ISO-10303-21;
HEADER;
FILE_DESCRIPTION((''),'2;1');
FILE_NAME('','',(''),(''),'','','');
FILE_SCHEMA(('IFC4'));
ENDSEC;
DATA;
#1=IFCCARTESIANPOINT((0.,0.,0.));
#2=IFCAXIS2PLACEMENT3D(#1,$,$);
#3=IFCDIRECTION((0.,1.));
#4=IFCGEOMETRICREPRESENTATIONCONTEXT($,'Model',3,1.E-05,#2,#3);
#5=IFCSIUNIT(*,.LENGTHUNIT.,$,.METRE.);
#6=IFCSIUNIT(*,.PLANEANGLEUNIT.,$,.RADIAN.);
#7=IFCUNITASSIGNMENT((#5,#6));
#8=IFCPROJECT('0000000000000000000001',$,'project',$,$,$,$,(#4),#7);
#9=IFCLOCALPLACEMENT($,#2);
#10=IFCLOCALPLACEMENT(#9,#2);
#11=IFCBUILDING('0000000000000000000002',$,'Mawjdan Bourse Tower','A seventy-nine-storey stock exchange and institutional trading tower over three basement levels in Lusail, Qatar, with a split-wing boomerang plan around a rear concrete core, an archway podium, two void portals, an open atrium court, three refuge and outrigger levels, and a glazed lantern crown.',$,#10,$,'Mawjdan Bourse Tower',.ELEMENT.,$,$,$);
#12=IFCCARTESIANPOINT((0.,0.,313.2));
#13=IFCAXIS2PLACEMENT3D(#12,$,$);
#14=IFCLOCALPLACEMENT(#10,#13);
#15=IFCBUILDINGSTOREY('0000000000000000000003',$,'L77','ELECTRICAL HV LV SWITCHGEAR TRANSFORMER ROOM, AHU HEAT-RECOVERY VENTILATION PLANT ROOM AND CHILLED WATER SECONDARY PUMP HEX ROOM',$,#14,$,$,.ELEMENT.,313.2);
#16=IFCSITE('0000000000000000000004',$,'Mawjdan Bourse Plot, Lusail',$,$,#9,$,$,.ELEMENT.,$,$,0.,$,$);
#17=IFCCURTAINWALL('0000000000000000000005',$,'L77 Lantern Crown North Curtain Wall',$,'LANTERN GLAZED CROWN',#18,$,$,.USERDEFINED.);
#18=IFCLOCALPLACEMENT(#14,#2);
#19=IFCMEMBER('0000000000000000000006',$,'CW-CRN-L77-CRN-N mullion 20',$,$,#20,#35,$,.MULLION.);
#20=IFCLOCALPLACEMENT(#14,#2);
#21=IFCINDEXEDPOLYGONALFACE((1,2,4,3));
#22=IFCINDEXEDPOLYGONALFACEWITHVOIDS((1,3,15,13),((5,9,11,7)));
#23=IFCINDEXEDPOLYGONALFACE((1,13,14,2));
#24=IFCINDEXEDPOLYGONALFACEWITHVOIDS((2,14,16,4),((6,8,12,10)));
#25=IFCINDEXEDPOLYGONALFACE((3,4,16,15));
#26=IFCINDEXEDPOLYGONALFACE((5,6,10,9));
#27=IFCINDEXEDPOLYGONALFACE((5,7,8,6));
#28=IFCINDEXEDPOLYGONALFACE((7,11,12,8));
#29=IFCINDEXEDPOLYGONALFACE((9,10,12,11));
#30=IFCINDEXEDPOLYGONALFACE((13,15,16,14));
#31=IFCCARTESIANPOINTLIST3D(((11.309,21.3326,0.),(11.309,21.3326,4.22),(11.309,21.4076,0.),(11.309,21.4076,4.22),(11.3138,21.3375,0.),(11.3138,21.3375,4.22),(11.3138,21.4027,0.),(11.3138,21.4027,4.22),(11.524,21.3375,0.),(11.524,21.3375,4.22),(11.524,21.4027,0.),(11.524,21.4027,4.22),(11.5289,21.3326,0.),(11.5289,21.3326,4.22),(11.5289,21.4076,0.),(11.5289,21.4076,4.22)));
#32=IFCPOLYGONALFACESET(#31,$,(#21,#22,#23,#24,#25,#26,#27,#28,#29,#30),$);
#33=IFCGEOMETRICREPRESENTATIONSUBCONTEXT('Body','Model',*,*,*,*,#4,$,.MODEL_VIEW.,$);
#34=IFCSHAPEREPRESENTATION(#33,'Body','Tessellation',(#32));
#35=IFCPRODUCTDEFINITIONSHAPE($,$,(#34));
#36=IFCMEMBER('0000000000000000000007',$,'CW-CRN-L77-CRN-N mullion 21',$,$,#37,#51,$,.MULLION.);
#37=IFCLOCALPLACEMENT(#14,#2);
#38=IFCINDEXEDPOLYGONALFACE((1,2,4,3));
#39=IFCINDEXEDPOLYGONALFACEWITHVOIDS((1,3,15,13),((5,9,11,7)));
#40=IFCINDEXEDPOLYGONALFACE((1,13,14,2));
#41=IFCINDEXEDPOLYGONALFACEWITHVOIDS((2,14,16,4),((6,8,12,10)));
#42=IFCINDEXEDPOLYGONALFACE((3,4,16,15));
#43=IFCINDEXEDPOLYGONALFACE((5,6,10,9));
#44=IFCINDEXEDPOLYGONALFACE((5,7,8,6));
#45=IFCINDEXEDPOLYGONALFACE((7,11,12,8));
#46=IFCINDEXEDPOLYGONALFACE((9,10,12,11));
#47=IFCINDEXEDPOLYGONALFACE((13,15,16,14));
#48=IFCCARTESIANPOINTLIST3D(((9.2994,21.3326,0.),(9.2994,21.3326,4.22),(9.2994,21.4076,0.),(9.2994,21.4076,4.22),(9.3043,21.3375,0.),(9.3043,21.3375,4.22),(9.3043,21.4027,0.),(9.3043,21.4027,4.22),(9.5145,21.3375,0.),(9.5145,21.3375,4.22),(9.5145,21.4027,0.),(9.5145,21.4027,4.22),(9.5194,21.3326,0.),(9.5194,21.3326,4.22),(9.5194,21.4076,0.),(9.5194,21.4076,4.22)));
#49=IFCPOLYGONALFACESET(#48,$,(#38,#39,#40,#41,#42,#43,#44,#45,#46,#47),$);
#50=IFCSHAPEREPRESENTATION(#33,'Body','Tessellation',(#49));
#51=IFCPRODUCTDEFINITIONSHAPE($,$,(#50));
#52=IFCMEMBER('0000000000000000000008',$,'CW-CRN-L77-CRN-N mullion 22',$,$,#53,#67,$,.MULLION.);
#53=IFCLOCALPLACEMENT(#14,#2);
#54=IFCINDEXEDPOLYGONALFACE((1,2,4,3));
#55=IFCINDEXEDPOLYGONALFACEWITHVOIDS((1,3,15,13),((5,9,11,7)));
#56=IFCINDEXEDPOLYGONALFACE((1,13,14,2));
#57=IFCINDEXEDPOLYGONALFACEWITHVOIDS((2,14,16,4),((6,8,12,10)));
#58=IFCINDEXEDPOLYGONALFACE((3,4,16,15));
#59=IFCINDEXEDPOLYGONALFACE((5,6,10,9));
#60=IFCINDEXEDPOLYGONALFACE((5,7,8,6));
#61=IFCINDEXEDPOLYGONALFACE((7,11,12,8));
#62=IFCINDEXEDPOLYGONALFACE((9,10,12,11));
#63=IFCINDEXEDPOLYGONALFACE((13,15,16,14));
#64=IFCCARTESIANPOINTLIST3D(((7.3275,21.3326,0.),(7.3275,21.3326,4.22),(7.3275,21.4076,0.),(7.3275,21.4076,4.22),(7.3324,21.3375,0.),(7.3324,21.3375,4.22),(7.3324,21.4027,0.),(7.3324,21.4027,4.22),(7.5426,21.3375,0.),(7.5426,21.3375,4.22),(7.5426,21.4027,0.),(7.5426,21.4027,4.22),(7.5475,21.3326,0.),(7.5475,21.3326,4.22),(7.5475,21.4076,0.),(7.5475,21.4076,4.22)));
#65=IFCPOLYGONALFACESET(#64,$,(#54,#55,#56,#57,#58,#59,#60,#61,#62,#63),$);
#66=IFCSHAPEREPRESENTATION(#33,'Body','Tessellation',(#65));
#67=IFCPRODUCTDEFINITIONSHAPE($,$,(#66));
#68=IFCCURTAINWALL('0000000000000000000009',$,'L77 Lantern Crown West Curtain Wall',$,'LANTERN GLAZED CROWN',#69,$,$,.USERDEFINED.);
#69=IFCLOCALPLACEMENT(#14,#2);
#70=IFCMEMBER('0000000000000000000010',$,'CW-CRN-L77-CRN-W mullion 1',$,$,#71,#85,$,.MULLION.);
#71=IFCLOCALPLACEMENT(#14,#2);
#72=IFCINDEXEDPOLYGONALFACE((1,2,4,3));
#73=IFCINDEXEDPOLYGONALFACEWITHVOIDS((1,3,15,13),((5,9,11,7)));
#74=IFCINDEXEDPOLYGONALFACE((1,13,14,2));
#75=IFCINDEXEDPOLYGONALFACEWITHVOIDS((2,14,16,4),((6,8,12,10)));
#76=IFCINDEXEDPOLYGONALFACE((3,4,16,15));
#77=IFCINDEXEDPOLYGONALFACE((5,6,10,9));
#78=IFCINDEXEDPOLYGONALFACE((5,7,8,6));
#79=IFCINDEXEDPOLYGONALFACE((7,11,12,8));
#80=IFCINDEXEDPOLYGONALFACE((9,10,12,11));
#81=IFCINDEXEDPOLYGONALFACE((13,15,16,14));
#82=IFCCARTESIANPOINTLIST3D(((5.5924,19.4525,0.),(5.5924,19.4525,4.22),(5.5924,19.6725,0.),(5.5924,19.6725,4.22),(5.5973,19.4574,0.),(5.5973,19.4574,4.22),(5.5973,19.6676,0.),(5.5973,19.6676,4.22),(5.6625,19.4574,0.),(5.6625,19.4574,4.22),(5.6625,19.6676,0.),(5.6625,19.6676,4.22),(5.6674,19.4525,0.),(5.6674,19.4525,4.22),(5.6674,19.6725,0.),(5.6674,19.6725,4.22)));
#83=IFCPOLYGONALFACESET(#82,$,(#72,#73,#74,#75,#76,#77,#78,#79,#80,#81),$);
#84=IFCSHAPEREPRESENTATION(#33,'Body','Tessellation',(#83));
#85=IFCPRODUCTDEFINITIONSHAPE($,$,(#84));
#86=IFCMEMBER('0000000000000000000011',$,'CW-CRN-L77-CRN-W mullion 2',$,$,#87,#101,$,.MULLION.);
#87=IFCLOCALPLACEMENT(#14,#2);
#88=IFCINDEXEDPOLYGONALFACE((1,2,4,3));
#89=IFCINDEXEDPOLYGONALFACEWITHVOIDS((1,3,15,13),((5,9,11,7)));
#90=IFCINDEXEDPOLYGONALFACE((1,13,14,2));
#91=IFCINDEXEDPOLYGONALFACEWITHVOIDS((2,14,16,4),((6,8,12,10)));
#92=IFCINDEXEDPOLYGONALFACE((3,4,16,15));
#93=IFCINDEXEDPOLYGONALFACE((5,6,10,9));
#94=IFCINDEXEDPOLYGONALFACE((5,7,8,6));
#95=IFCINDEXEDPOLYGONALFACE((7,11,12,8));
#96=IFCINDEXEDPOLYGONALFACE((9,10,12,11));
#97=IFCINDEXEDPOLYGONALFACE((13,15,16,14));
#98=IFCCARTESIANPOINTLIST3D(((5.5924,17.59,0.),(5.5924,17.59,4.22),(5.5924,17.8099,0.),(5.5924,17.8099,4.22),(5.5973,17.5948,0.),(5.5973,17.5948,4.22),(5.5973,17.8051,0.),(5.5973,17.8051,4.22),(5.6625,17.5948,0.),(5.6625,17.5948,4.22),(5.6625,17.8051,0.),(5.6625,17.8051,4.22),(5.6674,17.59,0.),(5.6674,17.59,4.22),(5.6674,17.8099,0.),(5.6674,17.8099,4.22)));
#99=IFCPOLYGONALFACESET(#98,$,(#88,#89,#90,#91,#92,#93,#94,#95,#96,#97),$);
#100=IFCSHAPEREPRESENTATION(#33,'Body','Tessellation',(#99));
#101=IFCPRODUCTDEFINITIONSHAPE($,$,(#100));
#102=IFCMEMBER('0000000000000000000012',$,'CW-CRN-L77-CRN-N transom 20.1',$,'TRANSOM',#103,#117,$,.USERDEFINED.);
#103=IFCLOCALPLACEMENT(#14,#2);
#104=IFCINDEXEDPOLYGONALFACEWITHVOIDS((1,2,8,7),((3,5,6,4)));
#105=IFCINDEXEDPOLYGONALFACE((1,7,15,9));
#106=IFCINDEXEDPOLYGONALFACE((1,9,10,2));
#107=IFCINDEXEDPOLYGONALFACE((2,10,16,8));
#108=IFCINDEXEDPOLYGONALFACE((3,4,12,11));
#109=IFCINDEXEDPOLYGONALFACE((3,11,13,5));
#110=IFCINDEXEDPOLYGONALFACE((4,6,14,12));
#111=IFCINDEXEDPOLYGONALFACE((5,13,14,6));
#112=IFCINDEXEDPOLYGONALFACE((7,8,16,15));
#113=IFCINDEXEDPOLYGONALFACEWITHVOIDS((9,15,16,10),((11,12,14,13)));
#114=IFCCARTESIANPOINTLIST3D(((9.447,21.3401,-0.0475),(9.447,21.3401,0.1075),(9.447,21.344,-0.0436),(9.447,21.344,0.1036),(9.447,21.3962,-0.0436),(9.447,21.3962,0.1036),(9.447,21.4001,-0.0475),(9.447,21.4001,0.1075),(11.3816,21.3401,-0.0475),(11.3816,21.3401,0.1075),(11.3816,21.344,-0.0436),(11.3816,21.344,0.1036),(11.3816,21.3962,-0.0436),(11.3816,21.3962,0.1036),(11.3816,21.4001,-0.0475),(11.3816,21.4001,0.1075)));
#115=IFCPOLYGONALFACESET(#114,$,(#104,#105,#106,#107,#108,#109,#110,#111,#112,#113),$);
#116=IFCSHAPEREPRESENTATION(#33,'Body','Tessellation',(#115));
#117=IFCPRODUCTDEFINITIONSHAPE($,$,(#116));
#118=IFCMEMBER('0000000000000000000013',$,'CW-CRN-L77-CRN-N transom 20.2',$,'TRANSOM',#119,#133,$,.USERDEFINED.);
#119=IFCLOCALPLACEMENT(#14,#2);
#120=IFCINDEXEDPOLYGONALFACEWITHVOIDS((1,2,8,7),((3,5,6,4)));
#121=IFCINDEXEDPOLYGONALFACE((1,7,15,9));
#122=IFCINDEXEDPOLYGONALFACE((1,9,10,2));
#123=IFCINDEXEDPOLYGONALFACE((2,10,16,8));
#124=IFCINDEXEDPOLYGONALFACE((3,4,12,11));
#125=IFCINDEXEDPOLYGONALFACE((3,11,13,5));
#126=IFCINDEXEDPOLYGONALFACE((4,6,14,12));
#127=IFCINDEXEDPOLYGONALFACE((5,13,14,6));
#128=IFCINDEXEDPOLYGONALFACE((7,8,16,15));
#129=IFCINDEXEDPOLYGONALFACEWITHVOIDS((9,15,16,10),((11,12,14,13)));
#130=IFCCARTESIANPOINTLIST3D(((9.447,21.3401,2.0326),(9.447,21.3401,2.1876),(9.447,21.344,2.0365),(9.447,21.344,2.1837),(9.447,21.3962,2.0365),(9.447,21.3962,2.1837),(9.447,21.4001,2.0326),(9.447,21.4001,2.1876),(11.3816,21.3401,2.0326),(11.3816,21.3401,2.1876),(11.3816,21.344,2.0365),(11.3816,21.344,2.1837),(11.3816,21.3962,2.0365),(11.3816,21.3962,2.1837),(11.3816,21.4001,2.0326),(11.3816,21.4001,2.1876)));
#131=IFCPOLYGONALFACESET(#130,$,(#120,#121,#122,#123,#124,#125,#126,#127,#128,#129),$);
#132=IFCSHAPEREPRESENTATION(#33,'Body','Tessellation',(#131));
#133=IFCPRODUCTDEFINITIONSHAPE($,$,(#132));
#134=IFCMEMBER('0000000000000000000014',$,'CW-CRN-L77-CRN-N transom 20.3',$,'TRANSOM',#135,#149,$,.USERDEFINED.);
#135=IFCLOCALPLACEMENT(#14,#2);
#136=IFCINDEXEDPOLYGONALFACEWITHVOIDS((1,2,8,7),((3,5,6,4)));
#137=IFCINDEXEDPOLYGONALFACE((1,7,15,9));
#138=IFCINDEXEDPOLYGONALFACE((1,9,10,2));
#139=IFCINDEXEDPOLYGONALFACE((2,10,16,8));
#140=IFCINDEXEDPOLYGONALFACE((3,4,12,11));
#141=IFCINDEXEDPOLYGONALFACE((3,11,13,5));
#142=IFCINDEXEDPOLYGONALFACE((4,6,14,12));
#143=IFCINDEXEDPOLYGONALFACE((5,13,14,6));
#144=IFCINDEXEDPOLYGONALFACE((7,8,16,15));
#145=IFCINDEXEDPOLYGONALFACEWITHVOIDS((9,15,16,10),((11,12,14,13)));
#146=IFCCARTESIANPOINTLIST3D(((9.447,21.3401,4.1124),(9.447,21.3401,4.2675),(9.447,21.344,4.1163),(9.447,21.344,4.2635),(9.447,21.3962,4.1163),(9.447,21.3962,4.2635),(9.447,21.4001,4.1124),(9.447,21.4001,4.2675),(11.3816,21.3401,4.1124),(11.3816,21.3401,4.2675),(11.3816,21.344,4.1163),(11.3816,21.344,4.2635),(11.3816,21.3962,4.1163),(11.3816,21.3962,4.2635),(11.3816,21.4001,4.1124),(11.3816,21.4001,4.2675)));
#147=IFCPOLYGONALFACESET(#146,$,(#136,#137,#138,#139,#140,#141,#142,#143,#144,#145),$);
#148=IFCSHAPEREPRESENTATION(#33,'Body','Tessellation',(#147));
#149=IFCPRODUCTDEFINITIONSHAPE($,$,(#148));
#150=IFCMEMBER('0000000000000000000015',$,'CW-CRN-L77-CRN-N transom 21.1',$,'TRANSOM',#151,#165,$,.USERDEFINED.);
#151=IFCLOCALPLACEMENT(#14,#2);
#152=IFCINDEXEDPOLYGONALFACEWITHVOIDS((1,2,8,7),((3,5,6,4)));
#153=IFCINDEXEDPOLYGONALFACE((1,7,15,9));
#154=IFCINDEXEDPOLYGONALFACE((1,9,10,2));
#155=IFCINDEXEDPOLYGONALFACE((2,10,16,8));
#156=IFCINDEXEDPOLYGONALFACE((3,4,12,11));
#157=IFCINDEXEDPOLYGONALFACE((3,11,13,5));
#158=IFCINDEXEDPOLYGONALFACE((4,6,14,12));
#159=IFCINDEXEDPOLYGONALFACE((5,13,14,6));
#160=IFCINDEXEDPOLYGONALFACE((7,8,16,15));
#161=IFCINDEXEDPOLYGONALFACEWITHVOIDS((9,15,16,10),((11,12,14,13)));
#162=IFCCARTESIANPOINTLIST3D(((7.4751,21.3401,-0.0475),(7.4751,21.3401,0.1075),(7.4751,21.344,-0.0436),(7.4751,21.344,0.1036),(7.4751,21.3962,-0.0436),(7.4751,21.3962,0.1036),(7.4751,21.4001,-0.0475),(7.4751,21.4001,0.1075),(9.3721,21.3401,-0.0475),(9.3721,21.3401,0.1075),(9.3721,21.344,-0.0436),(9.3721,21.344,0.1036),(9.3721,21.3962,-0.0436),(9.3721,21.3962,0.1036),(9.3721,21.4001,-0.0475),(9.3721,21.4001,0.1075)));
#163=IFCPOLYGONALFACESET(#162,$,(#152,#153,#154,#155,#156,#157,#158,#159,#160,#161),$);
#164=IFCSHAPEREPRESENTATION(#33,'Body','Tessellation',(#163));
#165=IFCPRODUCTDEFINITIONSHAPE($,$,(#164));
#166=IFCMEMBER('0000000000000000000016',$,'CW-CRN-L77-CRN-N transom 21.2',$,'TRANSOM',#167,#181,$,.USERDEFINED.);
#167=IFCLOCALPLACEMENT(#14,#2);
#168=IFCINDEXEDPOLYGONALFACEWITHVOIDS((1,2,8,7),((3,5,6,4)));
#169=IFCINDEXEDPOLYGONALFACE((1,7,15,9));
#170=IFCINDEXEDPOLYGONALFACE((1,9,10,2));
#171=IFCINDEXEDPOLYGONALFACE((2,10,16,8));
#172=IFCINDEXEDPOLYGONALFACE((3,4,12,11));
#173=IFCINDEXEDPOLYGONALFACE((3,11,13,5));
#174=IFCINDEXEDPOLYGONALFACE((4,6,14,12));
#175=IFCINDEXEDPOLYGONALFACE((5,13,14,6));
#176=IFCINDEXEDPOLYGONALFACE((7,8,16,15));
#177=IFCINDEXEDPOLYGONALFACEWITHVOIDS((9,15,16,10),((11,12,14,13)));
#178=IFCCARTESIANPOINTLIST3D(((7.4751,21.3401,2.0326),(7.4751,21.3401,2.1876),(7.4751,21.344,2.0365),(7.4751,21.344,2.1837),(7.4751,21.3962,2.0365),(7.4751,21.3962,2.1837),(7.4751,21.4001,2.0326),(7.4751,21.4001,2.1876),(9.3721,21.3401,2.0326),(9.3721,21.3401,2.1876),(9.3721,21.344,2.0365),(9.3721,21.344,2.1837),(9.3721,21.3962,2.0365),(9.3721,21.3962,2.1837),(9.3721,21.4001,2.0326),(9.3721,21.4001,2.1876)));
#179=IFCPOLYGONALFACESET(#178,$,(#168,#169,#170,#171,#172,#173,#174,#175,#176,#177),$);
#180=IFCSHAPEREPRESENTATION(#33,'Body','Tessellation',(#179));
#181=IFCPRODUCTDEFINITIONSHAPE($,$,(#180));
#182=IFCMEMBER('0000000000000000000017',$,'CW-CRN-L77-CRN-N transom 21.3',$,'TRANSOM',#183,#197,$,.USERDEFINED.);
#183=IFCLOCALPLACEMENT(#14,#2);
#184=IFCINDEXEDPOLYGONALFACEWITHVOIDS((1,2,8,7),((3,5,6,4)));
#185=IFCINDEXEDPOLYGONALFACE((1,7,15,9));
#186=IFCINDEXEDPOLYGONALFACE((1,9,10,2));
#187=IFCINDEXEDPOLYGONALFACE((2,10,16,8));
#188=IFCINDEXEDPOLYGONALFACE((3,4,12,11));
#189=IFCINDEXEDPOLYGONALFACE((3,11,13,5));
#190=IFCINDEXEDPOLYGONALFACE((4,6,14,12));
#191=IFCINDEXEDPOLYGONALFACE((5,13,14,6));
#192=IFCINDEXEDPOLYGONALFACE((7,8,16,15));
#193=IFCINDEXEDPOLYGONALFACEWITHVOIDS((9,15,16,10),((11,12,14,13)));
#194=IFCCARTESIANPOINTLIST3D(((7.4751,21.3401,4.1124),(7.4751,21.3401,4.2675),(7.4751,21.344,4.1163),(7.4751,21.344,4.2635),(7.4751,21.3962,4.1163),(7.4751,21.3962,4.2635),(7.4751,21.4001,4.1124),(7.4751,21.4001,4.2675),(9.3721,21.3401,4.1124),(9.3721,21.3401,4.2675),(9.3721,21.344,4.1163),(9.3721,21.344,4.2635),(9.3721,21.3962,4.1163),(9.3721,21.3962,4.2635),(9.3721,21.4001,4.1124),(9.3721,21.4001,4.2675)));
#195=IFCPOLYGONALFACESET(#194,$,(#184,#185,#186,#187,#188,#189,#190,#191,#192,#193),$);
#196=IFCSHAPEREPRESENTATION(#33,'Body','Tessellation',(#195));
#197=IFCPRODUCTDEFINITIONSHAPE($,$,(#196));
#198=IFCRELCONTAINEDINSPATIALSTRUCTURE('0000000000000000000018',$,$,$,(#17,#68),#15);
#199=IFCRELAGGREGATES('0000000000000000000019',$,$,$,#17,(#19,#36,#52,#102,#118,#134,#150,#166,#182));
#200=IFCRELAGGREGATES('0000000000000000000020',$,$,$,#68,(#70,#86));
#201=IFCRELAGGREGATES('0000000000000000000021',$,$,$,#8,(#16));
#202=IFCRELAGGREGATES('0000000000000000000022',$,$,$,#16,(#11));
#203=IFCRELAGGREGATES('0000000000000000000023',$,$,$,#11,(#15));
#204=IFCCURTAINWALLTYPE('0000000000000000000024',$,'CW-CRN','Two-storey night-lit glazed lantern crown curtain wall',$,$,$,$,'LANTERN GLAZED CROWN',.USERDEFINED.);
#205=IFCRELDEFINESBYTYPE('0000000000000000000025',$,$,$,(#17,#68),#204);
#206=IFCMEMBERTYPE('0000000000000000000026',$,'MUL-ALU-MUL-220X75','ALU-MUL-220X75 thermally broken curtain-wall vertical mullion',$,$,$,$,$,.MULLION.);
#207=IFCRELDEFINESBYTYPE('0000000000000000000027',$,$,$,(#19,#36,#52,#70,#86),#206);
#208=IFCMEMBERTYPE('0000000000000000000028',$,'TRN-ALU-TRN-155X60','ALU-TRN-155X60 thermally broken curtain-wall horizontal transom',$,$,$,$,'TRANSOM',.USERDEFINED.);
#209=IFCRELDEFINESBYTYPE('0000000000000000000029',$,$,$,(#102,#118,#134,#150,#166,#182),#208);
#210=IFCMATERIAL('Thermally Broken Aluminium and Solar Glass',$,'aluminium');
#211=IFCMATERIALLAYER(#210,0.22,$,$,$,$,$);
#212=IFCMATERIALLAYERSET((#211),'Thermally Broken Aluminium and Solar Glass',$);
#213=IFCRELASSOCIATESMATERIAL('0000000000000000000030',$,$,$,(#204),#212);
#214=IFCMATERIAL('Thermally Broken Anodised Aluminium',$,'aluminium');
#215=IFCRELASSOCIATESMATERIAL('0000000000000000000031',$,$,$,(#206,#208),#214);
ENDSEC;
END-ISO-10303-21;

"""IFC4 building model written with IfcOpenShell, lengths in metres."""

from ifc_helpers import new_model, si_unit, direction, frame, origin, origin_2d, place, context, subcontext, project, spatial, hollow_rectangle, extrude, material, layer, layer_set, material_profile, profile_set, type_object, element, aggregate, save


model = new_model("IFC4")

# Units and contexts
model_context = context("Model", 3, precision=1e-05, world=origin(), true_north=direction((0.0, 1.0)))
body_context = subcontext(model_context, "Body", "Model", "MODEL_VIEW")
ifc_project = project(units=[si_unit("LENGTHUNIT", "METRE"), si_unit("PLANEANGLEUNIT", "RADIAN")], contexts=[model_context])

# Site, building, storey
site_placement = place(None, origin())
site = spatial("IfcSite", under=ifc_project, at=site_placement, Name="Mawjdan Bourse Plot, Lusail", CompositionType="ELEMENT", RefElevation=0.0)
building_placement = place(site_placement, origin())
building = spatial("IfcBuilding", under=site, at=building_placement, Name="Mawjdan Bourse Tower", Description="A seventy-nine-storey stock exchange and institutional trading tower over three basement levels in Lusail, Qatar, with a split-wing boomerang plan around a rear concrete core, an archway podium, two void portals, an open atrium court, three refuge and outrigger levels, and a glazed lantern crown.", LongName="Mawjdan Bourse Tower", CompositionType="ELEMENT")
storey_placement = place(building_placement, frame((0.0, 0.0, 313.2)))
storey = spatial("IfcBuildingStorey", under=building, at=storey_placement, Name="L77", Description="ELECTRICAL HV LV SWITCHGEAR TRANSFORMER ROOM, AHU HEAT-RECOVERY VENTILATION PLANT ROOM AND CHILLED WATER SECONDARY PUMP HEX ROOM", CompositionType="ELEMENT", Elevation=313.2)

# Curtain walls, members
ifc_material_1 = material(Name="Thermally Broken Aluminium and Solar Glass", Category="aluminium")
ifc_layer_1 = layer(ifc_material_1, 0.22)
ifc_layer_set_1 = layer_set([ifc_layer_1], Name="Thermally Broken Aluminium and Solar Glass")
curtain_wall_type = type_object("IfcCurtainWallType", Name="CW-CRN", Description="Two-storey night-lit glazed lantern crown curtain wall", ElementType="LANTERN GLAZED CROWN", PredefinedType="USERDEFINED", material=ifc_layer_set_1)
curtain_wall_1_placement = place(storey_placement, origin())
curtain_wall_1 = element("IfcCurtainWall", 1, at=curtain_wall_1_placement, inside=storey, type_object=curtain_wall_type, Name="L77 Lantern Crown North Curtain Wall", ObjectType="LANTERN GLAZED CROWN", PredefinedType="USERDEFINED")
ifc_material_2 = material(Name="Thermally Broken Anodised Aluminium", Category="aluminium")
ifc_material_profile_1 = material_profile(ifc_material_2, hollow_rectangle(XDim=0.075, YDim=0.22, WallThickness=0.0049, at=origin_2d()), Name="ALU-MUL-220X75")
ifc_profile_set_1 = profile_set([ifc_material_profile_1], Name="Thermally Broken Anodised Aluminium")
member_type_1 = type_object("IfcMemberType", Name="MUL-ALU-MUL-220X75", Description="ALU-MUL-220X75 thermally broken curtain-wall vertical mullion", PredefinedType="MULLION", material=ifc_profile_set_1)
member_1_placement = place(storey_placement, frame((11.4189, 21.3701, 0.0), z_axis=(0.0, 0.0, 1.0), x_axis=(0.0, -1.0, 0.0)))
member_1 = element("IfcMember", 2, at=member_1_placement, type_object=member_type_1, Name="CW-CRN-L77-CRN-N mullion 20", PredefinedType="MULLION", context=body_context, shape_type="SweptSolid", body=[
    extrude(hollow_rectangle(XDim=0.075, YDim=0.22, WallThickness=0.0049, at=origin_2d()), origin(), (0.0, 0.0, 1.0), 4.22),
])
member_2_placement = place(storey_placement, frame((9.4094, 21.3701, 0.0), z_axis=(0.0, 0.0, 1.0), x_axis=(0.0, -1.0, 0.0)))
member_2 = element("IfcMember", 3, at=member_2_placement, type_object=member_type_1, Name="CW-CRN-L77-CRN-N mullion 21", PredefinedType="MULLION", context=body_context, shape_type="SweptSolid", body=[
    extrude(hollow_rectangle(XDim=0.075, YDim=0.22, WallThickness=0.0049, at=origin_2d()), origin(), (0.0, 0.0, 1.0), 4.22),
])
member_3_placement = place(storey_placement, frame((7.4375, 21.3701, 0.0), z_axis=(0.0, 0.0, 1.0), x_axis=(0.0, -1.0, 0.0)))
member_3 = element("IfcMember", 4, at=member_3_placement, type_object=member_type_1, Name="CW-CRN-L77-CRN-N mullion 22", PredefinedType="MULLION", context=body_context, shape_type="SweptSolid", body=[
    extrude(hollow_rectangle(XDim=0.075, YDim=0.22, WallThickness=0.0049, at=origin_2d()), origin(), (0.0, 0.0, 1.0), 4.22),
])
curtain_wall_2_placement = place(storey_placement, origin())
curtain_wall_2 = element("IfcCurtainWall", 5, at=curtain_wall_2_placement, inside=storey, type_object=curtain_wall_type, Name="L77 Lantern Crown West Curtain Wall", ObjectType="LANTERN GLAZED CROWN", PredefinedType="USERDEFINED")
member_4_placement = place(storey_placement, frame((5.6299, 19.5625, 0.0), z_axis=(0.0, 0.0, 1.0), x_axis=(1.0, 0.0, 0.0)))
member_4 = element("IfcMember", 6, at=member_4_placement, type_object=member_type_1, Name="CW-CRN-L77-CRN-W mullion 1", PredefinedType="MULLION", context=body_context, shape_type="SweptSolid", body=[
    extrude(hollow_rectangle(XDim=0.075, YDim=0.22, WallThickness=0.0049, at=origin_2d()), origin(), (0.0, 0.0, 1.0), 4.22),
])
member_5_placement = place(storey_placement, frame((5.6299, 17.7, 0.0), z_axis=(0.0, 0.0, 1.0), x_axis=(1.0, 0.0, 0.0)))
member_5 = element("IfcMember", 7, at=member_5_placement, type_object=member_type_1, Name="CW-CRN-L77-CRN-W mullion 2", PredefinedType="MULLION", context=body_context, shape_type="SweptSolid", body=[
    extrude(hollow_rectangle(XDim=0.075, YDim=0.22, WallThickness=0.0049, at=origin_2d()), origin(), (0.0, 0.0, 1.0), 4.22),
])

# Members
ifc_material_profile_2 = material_profile(ifc_material_2, hollow_rectangle(XDim=0.0601, YDim=0.155, WallThickness=0.0039, at=origin_2d()), Name="ALU-TRN-155X60")
ifc_profile_set_2 = profile_set([ifc_material_profile_2], Name="Thermally Broken Anodised Aluminium")
member_type_2 = type_object("IfcMemberType", Name="TRN-ALU-TRN-155X60", Description="ALU-TRN-155X60 thermally broken curtain-wall horizontal transom", ElementType="TRANSOM", PredefinedType="USERDEFINED", material=ifc_profile_set_2)
member_6_placement = place(storey_placement, frame((11.3816, 21.3701, 0.03), z_axis=(-1.0, 0.0, 0.0), x_axis=(0.0, -1.0, 0.0)))
member_6 = element("IfcMember", 8, at=member_6_placement, type_object=member_type_2, Name="CW-CRN-L77-CRN-N transom 20.1", ObjectType="TRANSOM", PredefinedType="USERDEFINED", context=body_context, shape_type="SweptSolid", body=[
    extrude(hollow_rectangle(XDim=0.0601, YDim=0.155, WallThickness=0.0039, at=origin_2d()), origin(), (0.0, 0.0, 1.0), 1.9346),
])
member_7_placement = place(storey_placement, frame((11.3816, 21.3701, 2.1101), z_axis=(-1.0, 0.0, 0.0), x_axis=(0.0, -1.0, 0.0)))
member_7 = element("IfcMember", 9, at=member_7_placement, type_object=member_type_2, Name="CW-CRN-L77-CRN-N transom 20.2", ObjectType="TRANSOM", PredefinedType="USERDEFINED", context=body_context, shape_type="SweptSolid", body=[
    extrude(hollow_rectangle(XDim=0.0601, YDim=0.155, WallThickness=0.0039, at=origin_2d()), origin(), (0.0, 0.0, 1.0), 1.9346),
])
member_8_placement = place(storey_placement, frame((11.3816, 21.3701, 4.1899), z_axis=(-1.0, 0.0, 0.0), x_axis=(0.0, -1.0, 0.0)))
member_8 = element("IfcMember", 10, at=member_8_placement, type_object=member_type_2, Name="CW-CRN-L77-CRN-N transom 20.3", ObjectType="TRANSOM", PredefinedType="USERDEFINED", context=body_context, shape_type="SweptSolid", body=[
    extrude(hollow_rectangle(XDim=0.0601, YDim=0.155, WallThickness=0.0039, at=origin_2d()), origin(), (0.0, 0.0, 1.0), 1.9346),
])
member_9_placement = place(storey_placement, frame((9.3721, 21.3701, 0.03), z_axis=(-1.0, 0.0, 0.0), x_axis=(0.0, -1.0, 0.0)))
member_9 = element("IfcMember", 11, at=member_9_placement, type_object=member_type_2, Name="CW-CRN-L77-CRN-N transom 21.1", ObjectType="TRANSOM", PredefinedType="USERDEFINED", context=body_context, shape_type="SweptSolid", body=[
    extrude(hollow_rectangle(XDim=0.0601, YDim=0.155, WallThickness=0.0039, at=origin_2d()), origin(), (0.0, 0.0, 1.0), 1.897),
])
member_10_placement = place(storey_placement, frame((9.3721, 21.3701, 2.1101), z_axis=(-1.0, 0.0, 0.0), x_axis=(0.0, -1.0, 0.0)))
member_10 = element("IfcMember", 12, at=member_10_placement, type_object=member_type_2, Name="CW-CRN-L77-CRN-N transom 21.2", ObjectType="TRANSOM", PredefinedType="USERDEFINED", context=body_context, shape_type="SweptSolid", body=[
    extrude(hollow_rectangle(XDim=0.0601, YDim=0.155, WallThickness=0.0039, at=origin_2d()), origin(), (0.0, 0.0, 1.0), 1.897),
])
member_11_placement = place(storey_placement, frame((9.3721, 21.3701, 4.1899), z_axis=(-1.0, 0.0, 0.0), x_axis=(0.0, -1.0, 0.0)))
member_11 = element("IfcMember", 13, at=member_11_placement, type_object=member_type_2, Name="CW-CRN-L77-CRN-N transom 21.3", ObjectType="TRANSOM", PredefinedType="USERDEFINED", context=body_context, shape_type="SweptSolid", body=[
    extrude(hollow_rectangle(XDim=0.0601, YDim=0.155, WallThickness=0.0039, at=origin_2d()), origin(), (0.0, 0.0, 1.0), 1.897),
])

aggregate(curtain_wall_1, [member_1, member_2, member_3, member_6, member_7, member_8, member_9, member_10, member_11])
aggregate(curtain_wall_2, [member_4, member_5])

save(model, "model.ifc")
